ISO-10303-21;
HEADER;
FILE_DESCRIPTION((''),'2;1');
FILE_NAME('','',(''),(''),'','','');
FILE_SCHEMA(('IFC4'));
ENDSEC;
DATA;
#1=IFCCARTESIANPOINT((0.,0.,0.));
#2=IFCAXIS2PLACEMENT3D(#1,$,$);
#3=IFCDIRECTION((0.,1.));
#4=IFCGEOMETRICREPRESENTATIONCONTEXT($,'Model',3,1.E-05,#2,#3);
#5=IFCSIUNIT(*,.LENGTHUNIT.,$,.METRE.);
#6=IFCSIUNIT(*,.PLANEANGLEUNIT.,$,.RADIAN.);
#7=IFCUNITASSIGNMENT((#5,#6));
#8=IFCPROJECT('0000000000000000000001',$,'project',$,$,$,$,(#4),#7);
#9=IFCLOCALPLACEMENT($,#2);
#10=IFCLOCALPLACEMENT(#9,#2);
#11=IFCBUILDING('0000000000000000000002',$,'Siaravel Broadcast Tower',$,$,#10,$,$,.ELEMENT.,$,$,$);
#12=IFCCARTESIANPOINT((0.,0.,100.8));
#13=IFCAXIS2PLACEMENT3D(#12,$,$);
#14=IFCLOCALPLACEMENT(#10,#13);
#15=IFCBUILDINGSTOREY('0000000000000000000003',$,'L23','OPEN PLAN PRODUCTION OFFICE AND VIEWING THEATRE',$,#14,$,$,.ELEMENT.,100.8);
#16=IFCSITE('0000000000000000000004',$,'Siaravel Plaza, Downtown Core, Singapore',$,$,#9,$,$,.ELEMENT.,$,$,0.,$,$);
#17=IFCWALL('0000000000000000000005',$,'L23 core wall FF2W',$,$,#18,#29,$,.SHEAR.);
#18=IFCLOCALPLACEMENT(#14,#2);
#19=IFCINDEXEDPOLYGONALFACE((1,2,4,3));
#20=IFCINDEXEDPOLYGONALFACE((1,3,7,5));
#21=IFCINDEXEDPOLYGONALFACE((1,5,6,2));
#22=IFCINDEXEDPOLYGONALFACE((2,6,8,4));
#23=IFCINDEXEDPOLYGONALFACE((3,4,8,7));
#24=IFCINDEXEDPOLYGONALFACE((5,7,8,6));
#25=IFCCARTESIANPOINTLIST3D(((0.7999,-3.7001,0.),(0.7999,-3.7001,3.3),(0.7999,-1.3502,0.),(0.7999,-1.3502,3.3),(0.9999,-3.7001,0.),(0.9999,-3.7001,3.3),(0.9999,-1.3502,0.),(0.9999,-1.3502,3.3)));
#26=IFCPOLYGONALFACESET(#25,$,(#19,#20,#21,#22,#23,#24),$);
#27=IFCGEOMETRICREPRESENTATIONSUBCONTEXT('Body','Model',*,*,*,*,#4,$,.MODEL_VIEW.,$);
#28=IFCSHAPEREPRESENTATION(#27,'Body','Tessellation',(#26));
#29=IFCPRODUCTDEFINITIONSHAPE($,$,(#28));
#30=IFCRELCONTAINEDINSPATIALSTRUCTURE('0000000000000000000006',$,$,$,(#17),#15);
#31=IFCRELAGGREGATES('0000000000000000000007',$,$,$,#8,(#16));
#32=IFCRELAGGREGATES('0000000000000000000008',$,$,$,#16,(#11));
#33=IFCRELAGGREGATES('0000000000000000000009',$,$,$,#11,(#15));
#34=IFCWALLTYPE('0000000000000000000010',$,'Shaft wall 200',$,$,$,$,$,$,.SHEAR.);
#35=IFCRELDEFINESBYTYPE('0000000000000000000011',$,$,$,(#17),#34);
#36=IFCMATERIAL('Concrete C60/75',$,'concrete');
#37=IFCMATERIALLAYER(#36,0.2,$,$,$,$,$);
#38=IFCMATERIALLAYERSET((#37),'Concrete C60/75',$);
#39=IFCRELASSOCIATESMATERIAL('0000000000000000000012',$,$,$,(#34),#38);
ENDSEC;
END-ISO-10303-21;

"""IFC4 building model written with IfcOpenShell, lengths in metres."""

from ifc_helpers import new_model, si_unit, direction, frame, frame_2d, origin, place, context, subcontext, project, spatial, rectangle, extrude, material, layer, layer_set, type_object, element, save


model = new_model("IFC4")

# Units and contexts
model_context = context("Model", 3, precision=1e-05, world=origin(), true_north=direction((0.0, 1.0)))
body_context = subcontext(model_context, "Body", "Model", "MODEL_VIEW")
ifc_project = project(units=[si_unit("LENGTHUNIT", "METRE"), si_unit("PLANEANGLEUNIT", "RADIAN")], contexts=[model_context])

# Site, building, storey
site_placement = place(None, origin())
site = spatial("IfcSite", under=ifc_project, at=site_placement, Name="Siaravel Plaza, Downtown Core, Singapore", CompositionType="ELEMENT", RefElevation=0.0)
building_placement = place(site_placement, origin())
building = spatial("IfcBuilding", under=site, at=building_placement, Name="Siaravel Broadcast Tower", CompositionType="ELEMENT")
storey_placement = place(building_placement, frame((0.0, 0.0, 100.8)))
storey = spatial("IfcBuildingStorey", under=building, at=storey_placement, Name="L23", Description="OPEN PLAN PRODUCTION OFFICE AND VIEWING THEATRE", CompositionType="ELEMENT", Elevation=100.8)

# Shared definitions
ifc_material_1 = material(Name="Concrete C60/75", Category="concrete")
ifc_layer_1 = layer(ifc_material_1, 0.2)
ifc_layer_set_1 = layer_set([ifc_layer_1], Name="Concrete C60/75")
wall_type_1 = type_object("IfcWallType", Name="Shaft wall 200", PredefinedType="SHEAR", material=ifc_layer_set_1)

# Wall
wall_1_placement = place(storey_placement, frame((0.8999, -3.7, 0.0), z_axis=(0.0, 0.0, 1.0), x_axis=(0.0, 1.0, 0.0)))
element("IfcWall", 1, at=wall_1_placement, inside=storey, type_object=wall_type_1, Name="L23 core wall FF2W", PredefinedType="SHEAR", context=body_context, shape_type="SweptSolid", body=[
    extrude(rectangle(XDim=2.3499, YDim=0.2, at=frame_2d((1.1748, 0.0))), origin(), (0.0, 0.0, 1.0), 3.3),
])

save(model, "model.ifc")
